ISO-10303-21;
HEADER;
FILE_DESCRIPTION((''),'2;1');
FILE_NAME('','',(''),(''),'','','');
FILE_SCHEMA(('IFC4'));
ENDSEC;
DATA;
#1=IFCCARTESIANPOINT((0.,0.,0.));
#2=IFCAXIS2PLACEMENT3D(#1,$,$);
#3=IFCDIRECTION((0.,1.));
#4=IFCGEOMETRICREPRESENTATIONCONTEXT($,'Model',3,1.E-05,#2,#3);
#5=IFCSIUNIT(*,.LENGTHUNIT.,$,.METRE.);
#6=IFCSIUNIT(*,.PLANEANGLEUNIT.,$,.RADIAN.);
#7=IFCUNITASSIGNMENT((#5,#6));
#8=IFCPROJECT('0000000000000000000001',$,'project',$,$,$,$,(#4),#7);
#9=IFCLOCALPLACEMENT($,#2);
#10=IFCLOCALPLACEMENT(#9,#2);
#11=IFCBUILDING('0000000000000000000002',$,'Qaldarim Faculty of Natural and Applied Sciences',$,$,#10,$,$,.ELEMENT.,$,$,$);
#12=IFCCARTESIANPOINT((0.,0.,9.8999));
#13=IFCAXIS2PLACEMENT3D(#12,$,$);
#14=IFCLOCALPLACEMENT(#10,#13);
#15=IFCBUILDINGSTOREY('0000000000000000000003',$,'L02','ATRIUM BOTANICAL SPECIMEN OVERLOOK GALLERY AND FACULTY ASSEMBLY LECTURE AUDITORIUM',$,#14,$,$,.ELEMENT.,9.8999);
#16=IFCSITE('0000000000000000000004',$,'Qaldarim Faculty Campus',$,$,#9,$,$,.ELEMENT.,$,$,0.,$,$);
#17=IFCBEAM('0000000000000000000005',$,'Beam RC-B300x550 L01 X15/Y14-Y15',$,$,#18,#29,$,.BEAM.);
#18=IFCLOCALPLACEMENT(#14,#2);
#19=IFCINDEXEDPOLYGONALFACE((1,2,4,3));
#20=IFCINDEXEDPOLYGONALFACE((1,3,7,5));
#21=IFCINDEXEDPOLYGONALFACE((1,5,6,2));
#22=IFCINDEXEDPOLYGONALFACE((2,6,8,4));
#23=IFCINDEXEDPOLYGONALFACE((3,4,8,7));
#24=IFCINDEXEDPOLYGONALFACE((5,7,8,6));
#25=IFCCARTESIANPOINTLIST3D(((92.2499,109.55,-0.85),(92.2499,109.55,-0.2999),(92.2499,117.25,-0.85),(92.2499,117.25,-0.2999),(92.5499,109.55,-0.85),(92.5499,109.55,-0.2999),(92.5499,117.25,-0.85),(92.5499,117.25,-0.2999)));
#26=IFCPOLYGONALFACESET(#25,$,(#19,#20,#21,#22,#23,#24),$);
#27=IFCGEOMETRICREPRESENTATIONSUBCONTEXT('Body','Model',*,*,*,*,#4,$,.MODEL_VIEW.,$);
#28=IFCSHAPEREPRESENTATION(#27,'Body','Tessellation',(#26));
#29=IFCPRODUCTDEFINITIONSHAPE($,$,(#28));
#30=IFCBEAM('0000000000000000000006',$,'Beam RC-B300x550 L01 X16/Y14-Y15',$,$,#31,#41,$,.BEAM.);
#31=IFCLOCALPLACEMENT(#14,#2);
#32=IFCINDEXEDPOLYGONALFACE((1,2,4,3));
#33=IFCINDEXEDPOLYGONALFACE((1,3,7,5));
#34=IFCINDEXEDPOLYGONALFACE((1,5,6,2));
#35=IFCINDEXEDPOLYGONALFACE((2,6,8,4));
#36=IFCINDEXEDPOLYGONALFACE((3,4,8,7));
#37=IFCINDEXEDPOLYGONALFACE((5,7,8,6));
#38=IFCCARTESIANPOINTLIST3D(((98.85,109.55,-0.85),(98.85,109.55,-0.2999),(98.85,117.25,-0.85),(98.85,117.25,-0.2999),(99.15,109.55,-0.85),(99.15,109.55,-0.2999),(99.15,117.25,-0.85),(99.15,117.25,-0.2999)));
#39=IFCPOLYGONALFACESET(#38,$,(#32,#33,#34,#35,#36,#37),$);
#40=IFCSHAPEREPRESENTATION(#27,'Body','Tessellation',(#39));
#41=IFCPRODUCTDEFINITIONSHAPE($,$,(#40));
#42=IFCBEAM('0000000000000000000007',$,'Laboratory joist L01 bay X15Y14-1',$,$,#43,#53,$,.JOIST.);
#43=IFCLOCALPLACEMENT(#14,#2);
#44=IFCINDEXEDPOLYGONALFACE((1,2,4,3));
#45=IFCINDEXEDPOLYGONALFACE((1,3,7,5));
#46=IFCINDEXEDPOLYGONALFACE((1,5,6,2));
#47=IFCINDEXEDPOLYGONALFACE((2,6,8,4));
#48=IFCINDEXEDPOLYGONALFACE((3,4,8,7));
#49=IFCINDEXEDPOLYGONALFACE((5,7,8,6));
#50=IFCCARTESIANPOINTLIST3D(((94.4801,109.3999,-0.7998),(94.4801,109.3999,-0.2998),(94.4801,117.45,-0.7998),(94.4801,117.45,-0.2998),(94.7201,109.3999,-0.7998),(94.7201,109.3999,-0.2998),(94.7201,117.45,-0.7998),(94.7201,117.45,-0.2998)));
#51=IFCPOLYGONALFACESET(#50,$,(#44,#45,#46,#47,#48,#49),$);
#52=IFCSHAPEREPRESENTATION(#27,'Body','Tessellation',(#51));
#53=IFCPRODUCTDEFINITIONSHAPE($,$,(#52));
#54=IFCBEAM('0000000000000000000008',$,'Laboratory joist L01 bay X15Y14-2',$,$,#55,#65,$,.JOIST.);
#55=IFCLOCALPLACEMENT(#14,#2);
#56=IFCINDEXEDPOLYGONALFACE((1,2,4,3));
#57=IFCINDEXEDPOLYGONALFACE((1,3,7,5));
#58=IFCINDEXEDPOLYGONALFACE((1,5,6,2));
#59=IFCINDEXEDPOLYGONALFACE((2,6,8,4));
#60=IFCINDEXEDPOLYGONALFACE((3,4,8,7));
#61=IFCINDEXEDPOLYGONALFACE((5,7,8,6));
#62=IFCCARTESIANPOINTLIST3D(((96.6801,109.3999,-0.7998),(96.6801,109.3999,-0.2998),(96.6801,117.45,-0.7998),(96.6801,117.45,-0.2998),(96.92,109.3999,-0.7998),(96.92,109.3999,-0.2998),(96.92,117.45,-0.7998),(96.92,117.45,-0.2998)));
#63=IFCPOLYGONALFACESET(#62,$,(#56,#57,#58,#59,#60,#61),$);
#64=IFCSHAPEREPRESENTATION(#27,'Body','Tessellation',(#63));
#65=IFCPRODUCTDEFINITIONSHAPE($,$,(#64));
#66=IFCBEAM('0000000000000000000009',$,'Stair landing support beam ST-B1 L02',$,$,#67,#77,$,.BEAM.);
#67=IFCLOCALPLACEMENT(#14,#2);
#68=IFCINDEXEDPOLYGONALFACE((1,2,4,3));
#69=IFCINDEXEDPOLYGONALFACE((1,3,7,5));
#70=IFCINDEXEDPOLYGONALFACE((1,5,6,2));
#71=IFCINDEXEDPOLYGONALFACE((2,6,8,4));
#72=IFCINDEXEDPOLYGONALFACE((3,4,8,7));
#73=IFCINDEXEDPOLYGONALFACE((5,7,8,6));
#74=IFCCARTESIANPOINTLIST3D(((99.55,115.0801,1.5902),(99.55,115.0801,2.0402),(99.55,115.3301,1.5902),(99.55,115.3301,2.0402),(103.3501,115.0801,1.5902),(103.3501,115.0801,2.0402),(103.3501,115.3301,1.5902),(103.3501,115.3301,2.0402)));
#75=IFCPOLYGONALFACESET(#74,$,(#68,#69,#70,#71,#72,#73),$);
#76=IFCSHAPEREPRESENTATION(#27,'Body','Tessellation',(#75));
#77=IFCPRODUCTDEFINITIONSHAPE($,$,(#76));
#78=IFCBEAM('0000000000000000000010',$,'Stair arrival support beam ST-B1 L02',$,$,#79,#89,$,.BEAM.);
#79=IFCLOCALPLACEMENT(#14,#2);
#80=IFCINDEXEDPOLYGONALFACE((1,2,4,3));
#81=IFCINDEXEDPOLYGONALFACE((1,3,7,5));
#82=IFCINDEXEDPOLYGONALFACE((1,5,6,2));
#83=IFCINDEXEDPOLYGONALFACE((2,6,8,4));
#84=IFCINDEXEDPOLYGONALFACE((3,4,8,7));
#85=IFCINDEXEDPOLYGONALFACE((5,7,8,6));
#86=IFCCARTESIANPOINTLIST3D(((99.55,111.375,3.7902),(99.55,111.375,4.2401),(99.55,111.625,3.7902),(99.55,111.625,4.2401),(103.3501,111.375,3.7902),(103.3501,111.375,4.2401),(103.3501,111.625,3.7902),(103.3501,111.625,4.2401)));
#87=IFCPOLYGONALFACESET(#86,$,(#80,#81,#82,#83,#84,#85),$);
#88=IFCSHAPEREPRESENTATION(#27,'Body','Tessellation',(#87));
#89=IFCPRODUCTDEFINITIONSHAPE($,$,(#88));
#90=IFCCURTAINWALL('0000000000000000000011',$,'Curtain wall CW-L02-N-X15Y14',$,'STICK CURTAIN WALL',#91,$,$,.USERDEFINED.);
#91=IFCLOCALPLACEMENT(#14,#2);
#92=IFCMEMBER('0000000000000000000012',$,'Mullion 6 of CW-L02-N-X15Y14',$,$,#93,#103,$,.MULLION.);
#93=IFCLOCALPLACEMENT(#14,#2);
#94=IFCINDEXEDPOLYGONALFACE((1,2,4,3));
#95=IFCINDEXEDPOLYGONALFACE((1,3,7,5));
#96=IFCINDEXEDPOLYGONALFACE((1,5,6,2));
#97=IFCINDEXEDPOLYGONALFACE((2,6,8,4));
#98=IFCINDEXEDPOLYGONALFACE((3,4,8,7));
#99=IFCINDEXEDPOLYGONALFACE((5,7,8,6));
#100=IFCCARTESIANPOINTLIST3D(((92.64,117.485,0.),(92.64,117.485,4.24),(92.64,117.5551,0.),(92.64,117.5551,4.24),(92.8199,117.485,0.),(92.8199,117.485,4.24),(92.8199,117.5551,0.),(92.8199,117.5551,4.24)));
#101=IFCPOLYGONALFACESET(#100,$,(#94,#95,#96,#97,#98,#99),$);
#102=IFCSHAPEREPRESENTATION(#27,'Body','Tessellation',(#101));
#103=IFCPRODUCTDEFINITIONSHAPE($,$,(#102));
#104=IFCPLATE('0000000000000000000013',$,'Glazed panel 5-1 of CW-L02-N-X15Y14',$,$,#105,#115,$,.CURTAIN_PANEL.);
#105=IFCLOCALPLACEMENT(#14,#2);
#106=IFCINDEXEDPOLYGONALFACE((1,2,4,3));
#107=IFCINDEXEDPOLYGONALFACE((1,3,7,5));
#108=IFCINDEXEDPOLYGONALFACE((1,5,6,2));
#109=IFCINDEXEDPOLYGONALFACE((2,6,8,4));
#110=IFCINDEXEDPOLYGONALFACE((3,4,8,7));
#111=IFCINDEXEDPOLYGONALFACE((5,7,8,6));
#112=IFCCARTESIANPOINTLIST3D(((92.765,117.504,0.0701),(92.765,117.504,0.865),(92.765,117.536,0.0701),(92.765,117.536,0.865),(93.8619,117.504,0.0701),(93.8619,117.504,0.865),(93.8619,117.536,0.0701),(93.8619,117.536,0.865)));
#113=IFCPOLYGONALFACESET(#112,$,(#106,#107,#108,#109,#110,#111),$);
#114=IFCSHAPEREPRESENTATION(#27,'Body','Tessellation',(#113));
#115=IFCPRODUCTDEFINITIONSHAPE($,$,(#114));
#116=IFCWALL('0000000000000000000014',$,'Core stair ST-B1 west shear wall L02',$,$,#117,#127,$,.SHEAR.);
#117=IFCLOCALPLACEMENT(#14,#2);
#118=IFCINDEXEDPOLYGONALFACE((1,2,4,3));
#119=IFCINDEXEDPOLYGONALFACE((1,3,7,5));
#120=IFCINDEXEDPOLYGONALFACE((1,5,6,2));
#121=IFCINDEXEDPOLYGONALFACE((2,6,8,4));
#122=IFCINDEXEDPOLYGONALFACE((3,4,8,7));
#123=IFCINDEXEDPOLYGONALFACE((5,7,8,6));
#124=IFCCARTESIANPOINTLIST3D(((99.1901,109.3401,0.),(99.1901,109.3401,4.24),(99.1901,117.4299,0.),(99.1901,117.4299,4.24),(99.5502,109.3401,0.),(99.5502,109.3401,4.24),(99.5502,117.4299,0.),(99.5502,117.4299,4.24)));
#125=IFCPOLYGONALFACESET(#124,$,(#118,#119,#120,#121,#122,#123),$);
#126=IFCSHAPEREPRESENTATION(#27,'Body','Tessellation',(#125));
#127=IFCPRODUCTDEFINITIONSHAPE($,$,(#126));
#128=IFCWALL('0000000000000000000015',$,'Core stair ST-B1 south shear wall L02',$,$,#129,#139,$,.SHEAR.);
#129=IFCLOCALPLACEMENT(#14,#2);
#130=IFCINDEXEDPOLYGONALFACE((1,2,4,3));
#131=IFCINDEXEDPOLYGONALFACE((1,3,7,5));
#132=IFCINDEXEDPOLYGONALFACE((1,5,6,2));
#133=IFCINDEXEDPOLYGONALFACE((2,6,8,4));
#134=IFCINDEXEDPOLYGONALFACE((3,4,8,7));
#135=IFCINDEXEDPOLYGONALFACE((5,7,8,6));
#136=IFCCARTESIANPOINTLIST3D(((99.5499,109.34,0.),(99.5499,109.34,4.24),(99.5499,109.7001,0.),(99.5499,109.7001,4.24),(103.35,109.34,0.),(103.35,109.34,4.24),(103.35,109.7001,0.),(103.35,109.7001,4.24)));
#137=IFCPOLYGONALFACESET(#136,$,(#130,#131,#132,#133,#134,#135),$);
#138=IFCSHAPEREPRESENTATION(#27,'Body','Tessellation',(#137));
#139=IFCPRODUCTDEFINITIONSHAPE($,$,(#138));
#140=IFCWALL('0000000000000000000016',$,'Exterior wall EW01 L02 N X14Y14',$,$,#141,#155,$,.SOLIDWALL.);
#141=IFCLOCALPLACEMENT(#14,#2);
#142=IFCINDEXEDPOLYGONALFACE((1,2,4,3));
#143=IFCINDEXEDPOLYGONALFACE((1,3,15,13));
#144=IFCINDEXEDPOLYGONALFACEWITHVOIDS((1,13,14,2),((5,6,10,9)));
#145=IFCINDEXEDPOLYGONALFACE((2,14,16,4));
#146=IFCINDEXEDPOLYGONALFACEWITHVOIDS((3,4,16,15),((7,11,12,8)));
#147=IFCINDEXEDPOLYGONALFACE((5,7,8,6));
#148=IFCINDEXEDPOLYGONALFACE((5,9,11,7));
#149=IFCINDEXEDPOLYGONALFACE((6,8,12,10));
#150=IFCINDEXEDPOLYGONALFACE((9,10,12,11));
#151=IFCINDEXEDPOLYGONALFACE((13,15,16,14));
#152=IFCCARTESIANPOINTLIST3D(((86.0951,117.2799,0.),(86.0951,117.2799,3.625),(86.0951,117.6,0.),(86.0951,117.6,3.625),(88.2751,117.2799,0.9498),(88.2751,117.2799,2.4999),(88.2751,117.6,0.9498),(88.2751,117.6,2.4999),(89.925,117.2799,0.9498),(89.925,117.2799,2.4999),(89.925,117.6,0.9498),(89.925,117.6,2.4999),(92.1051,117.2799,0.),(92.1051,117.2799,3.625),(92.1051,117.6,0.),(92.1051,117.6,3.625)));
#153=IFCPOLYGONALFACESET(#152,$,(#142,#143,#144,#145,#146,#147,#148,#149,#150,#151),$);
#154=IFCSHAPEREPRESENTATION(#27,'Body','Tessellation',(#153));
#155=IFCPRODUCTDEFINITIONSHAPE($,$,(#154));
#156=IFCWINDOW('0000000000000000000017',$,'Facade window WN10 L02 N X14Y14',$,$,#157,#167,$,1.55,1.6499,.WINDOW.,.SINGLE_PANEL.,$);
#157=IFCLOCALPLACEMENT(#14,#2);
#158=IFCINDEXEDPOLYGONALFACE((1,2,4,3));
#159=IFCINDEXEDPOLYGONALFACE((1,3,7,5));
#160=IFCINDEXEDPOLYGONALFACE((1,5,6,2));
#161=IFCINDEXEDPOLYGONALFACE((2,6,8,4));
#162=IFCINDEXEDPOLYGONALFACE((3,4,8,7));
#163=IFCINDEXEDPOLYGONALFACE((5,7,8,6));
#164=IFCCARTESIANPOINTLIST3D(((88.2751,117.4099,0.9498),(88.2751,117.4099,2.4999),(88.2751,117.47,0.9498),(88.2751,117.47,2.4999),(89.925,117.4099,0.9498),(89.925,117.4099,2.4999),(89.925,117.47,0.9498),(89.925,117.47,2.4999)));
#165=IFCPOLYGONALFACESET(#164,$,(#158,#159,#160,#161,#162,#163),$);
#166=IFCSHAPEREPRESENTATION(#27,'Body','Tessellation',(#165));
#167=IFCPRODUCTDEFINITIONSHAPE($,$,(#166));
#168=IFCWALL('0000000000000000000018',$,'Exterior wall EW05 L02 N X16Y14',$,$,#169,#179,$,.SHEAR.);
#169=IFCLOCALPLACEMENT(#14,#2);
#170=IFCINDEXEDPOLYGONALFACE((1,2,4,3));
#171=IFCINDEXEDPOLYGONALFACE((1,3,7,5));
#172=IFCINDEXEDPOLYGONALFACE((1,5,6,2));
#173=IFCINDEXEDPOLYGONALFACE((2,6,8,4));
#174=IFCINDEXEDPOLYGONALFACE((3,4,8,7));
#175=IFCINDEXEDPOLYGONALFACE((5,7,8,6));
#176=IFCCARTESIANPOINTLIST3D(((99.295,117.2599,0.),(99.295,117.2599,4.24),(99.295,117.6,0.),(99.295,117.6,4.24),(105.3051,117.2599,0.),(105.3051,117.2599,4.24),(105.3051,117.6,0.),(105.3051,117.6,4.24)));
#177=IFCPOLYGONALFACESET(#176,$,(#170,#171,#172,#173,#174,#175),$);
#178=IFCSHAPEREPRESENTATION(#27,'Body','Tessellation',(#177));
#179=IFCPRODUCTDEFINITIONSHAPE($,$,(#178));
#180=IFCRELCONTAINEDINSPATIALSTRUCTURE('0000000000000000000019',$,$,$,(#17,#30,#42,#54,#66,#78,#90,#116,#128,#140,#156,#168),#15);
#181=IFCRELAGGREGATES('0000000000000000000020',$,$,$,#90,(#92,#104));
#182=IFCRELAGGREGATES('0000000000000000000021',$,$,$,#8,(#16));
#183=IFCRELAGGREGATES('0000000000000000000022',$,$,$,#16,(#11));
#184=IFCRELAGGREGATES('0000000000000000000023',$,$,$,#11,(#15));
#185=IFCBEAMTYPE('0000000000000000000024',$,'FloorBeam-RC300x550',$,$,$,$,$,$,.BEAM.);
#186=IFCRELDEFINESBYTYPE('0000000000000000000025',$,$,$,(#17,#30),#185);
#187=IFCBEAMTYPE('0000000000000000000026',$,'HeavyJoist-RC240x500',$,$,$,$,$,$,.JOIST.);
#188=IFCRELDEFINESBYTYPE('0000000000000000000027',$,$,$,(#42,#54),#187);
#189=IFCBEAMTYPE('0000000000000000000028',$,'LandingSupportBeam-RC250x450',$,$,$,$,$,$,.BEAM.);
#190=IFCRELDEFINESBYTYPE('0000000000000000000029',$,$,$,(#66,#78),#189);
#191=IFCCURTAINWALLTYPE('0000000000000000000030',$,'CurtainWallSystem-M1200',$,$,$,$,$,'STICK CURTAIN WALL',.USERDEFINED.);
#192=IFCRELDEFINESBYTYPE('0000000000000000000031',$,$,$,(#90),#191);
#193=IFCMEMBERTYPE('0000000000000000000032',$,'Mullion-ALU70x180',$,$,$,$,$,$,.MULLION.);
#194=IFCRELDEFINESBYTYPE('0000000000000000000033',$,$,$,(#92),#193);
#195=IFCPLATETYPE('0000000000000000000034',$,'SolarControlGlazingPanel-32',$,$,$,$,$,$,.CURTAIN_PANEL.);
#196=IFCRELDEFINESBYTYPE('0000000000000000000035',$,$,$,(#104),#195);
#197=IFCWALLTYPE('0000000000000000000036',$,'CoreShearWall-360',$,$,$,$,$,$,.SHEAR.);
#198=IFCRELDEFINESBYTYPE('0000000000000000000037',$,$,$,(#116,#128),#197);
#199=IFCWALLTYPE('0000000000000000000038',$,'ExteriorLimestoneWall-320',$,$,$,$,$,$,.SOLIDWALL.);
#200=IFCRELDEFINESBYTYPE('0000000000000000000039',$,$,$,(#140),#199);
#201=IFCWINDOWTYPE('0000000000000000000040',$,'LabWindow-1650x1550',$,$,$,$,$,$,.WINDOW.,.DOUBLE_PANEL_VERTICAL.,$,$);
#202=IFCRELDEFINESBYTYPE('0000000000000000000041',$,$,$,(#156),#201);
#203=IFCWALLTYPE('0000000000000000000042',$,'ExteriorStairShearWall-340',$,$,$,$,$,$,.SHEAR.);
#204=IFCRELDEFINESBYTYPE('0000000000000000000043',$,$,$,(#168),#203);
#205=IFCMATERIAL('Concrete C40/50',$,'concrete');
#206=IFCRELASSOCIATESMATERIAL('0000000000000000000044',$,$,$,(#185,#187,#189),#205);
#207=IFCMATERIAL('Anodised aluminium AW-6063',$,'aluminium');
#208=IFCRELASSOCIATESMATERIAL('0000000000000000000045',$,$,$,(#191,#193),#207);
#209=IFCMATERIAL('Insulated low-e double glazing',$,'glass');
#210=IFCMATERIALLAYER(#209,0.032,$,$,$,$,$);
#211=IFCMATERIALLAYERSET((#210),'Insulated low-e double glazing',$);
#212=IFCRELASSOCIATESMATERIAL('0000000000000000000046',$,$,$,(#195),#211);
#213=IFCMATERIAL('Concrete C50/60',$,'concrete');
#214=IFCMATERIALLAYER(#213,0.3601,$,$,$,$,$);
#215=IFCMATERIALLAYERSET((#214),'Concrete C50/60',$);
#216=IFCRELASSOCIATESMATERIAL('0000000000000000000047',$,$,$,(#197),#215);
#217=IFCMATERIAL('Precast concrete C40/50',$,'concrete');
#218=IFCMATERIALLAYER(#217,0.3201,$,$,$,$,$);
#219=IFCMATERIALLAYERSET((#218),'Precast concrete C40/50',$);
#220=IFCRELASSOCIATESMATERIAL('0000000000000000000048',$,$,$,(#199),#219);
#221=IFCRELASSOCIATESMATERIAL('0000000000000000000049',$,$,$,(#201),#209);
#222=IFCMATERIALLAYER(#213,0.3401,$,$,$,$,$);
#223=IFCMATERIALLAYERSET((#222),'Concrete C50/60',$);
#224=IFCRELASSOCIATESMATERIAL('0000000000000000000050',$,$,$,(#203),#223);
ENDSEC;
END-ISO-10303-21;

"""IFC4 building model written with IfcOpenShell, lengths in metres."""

from ifc_helpers import new_model, si_unit, direction, frame, frame_2d, origin, origin_2d, place, context, subcontext, project, spatial, rectangle, extrude, material, layer, layer_set, material_profile, profile_set, type_object, element, fill, aggregate, save


model = new_model("IFC4")

# Units and contexts
model_context = context("Model", 3, precision=1e-05, world=origin(), true_north=direction((0.0, 1.0)))
body_context = subcontext(model_context, "Body", "Model", "MODEL_VIEW")
ifc_project = project(units=[si_unit("LENGTHUNIT", "METRE"), si_unit("PLANEANGLEUNIT", "RADIAN")], contexts=[model_context])

# Site, building, storey
site_placement = place(None, origin())
site = spatial("IfcSite", under=ifc_project, at=site_placement, Name="Qaldarim Faculty Campus", CompositionType="ELEMENT", RefElevation=0.0)
building_placement = place(site_placement, origin())
building = spatial("IfcBuilding", under=site, at=building_placement, Name="Qaldarim Faculty of Natural and Applied Sciences", CompositionType="ELEMENT")
storey_placement = place(building_placement, frame((0.0, 0.0, 9.8999)))
storey = spatial("IfcBuildingStorey", under=building, at=storey_placement, Name="L02", Description="ATRIUM BOTANICAL SPECIMEN OVERLOOK GALLERY AND FACULTY ASSEMBLY LECTURE AUDITORIUM", CompositionType="ELEMENT", Elevation=9.8999)

# Beams
ifc_material_1 = material(Name="Concrete C40/50", Category="concrete")
ifc_material_profile_1 = material_profile(ifc_material_1, rectangle(XDim=0.3, YDim=0.55, at=origin_2d()), Name="RC-B300x550")
ifc_profile_set_1 = profile_set([ifc_material_profile_1], Name="Concrete C40/50")
beam_type_1 = type_object("IfcBeamType", Name="FloorBeam-RC300x550", PredefinedType="BEAM", material=ifc_profile_set_1)
for number, where, z_axis, x_axis, name in (
    (1, (92.3999, 109.55, -0.575), (0.0, 1.0, 0.0), (-1.0, 0.0, 0.0), "Beam RC-B300x550 L01 X15/Y14-Y15"),
    (2, (99.0, 109.55, -0.575), (0.0, 1.0, 0.0), (-1.0, 0.0, 0.0), "Beam RC-B300x550 L01 X16/Y14-Y15"),
):
    element("IfcBeam", number, at=place(storey_placement, frame(where, z_axis=z_axis, x_axis=x_axis)), inside=storey, type_object=beam_type_1, Name=name, PredefinedType="BEAM", context=body_context, shape_type="SweptSolid", body=[
        extrude(rectangle(XDim=0.3, YDim=0.55, at=origin_2d()), origin(), (0.0, 0.0, 1.0), 7.7),
    ])
ifc_material_profile_2 = material_profile(ifc_material_1, rectangle(XDim=0.24, YDim=0.5, at=origin_2d()), Name="RC-J240x500")
ifc_profile_set_2 = profile_set([ifc_material_profile_2], Name="Concrete C40/50")
beam_type_2 = type_object("IfcBeamType", Name="HeavyJoist-RC240x500", PredefinedType="JOIST", material=ifc_profile_set_2)
for number, where, z_axis, x_axis, name in (
    (3, (94.6001, 109.3999, -0.5498), (0.0, 1.0, 0.0), (-1.0, 0.0, 0.0), "Laboratory joist L01 bay X15Y14-1"),
    (4, (96.8, 109.3999, -0.5498), (0.0, 1.0, 0.0), (-1.0, 0.0, 0.0), "Laboratory joist L01 bay X15Y14-2"),
):
    element("IfcBeam", number, at=place(storey_placement, frame(where, z_axis=z_axis, x_axis=x_axis)), inside=storey, type_object=beam_type_2, Name=name, PredefinedType="JOIST", context=body_context, shape_type="SweptSolid", body=[
        extrude(rectangle(XDim=0.24, YDim=0.5, at=origin_2d()), origin(), (0.0, 0.0, 1.0), 8.05),
    ])
ifc_material_profile_3 = material_profile(ifc_material_1, rectangle(XDim=0.25, YDim=0.45, at=origin_2d()), Name="RC-LN250x450")
ifc_profile_set_3 = profile_set([ifc_material_profile_3], Name="Concrete C40/50")
beam_type_3 = type_object("IfcBeamType", Name="LandingSupportBeam-RC250x450", PredefinedType="BEAM", material=ifc_profile_set_3)
for number, where, z_axis, x_axis, name in (
    (5, (99.55, 115.2051, 1.8152), (1.0, 0.0, 0.0), (0.0, 1.0, 0.0), "Stair landing support beam ST-B1 L02"),
    (6, (99.55, 111.5, 4.0151), (1.0, 0.0, 0.0), (0.0, 1.0, 0.0), "Stair arrival support beam ST-B1 L02"),
):
    element("IfcBeam", number, at=place(storey_placement, frame(where, z_axis=z_axis, x_axis=x_axis)), inside=storey, type_object=beam_type_3, Name=name, PredefinedType="BEAM", context=body_context, shape_type="SweptSolid", body=[
        extrude(rectangle(XDim=0.25, YDim=0.45, at=origin_2d()), origin(), (0.0, 0.0, 1.0), 3.8),
    ])

# Curtain wall, member, plate
ifc_material_2 = material(Name="Anodised aluminium AW-6063", Category="aluminium")
curtain_wall_type = type_object("IfcCurtainWallType", Name="CurtainWallSystem-M1200", ElementType="STICK CURTAIN WALL", PredefinedType="USERDEFINED", material=ifc_material_2)
curtain_wall_placement = place(storey_placement, origin())
curtain_wall = element("IfcCurtainWall", 7, at=curtain_wall_placement, inside=storey, type_object=curtain_wall_type, Name="Curtain wall CW-L02-N-X15Y14", ObjectType="STICK CURTAIN WALL", PredefinedType="USERDEFINED")
ifc_material_profile_4 = material_profile(ifc_material_2, rectangle(XDim=0.0701, YDim=0.1799, at=origin_2d()), Name="ALU-M70x180")
ifc_profile_set_4 = profile_set([ifc_material_profile_4], Name="Anodised aluminium AW-6063")
member_type = type_object("IfcMemberType", Name="Mullion-ALU70x180", PredefinedType="MULLION", material=ifc_profile_set_4)
member_placement = place(storey_placement, frame((92.73, 117.52, 0.0), z_axis=(0.0, 0.0, 1.0), x_axis=(0.0, -1.0, 0.0)))
member = element("IfcMember", 8, at=member_placement, type_object=member_type, Name="Mullion 6 of CW-L02-N-X15Y14", PredefinedType="MULLION", context=body_context, shape_type="SweptSolid", body=[
    extrude(rectangle(XDim=0.0701, YDim=0.1799, at=origin_2d()), origin(), (0.0, 0.0, 1.0), 4.24),
])
ifc_material_3 = material(Name="Insulated low-e double glazing", Category="glass")
ifc_layer_1 = layer(ifc_material_3, 0.032)
ifc_layer_set_1 = layer_set([ifc_layer_1], Name="Insulated low-e double glazing")
plate_type = type_object("IfcPlateType", Name="SolarControlGlazingPanel-32", PredefinedType="CURTAIN_PANEL", material=ifc_layer_set_1)
plate_placement = place(storey_placement, frame((93.3135, 117.52, 0.0701), z_axis=(0.0, 0.0, 1.0), x_axis=(-1.0, 0.0, 0.0)))
plate = element("IfcPlate", 9, at=plate_placement, type_object=plate_type, Name="Glazed panel 5-1 of CW-L02-N-X15Y14", PredefinedType="CURTAIN_PANEL", context=body_context, shape_type="SweptSolid", body=[
    extrude(rectangle(XDim=1.0969, YDim=0.032, at=origin_2d()), origin(), (0.0, 0.0, 1.0), 0.7949),
])
aggregate(curtain_wall, [member, plate])

# Wall
ifc_material_4 = material(Name="Concrete C50/60", Category="concrete")
ifc_layer_2 = layer(ifc_material_4, 0.3601)
ifc_layer_set_2 = layer_set([ifc_layer_2], Name="Concrete C50/60")
wall_type_1 = type_object("IfcWallType", Name="CoreShearWall-360", PredefinedType="SHEAR", material=ifc_layer_set_2)
wall_1_placement = place(storey_placement, frame((99.3701, 109.3401, 0.0), z_axis=(0.0, 0.0, 1.0), x_axis=(0.0, 1.0, 0.0)))
element("IfcWall", 10, at=wall_1_placement, inside=storey, type_object=wall_type_1, Name="Core stair ST-B1 west shear wall L02", PredefinedType="SHEAR", context=body_context, shape_type="SweptSolid", body=[
    extrude(rectangle(XDim=8.0898, YDim=0.3601, at=frame_2d((4.0449, 0.0))), origin(), (0.0, 0.0, 1.0), 4.24),
])

# Wall
wall_2_placement = place(storey_placement, frame((99.55, 109.52, 0.0), z_axis=(0.0, 0.0, 1.0), x_axis=(1.0, 0.0, 0.0)))
element("IfcWall", 11, at=wall_2_placement, inside=storey, type_object=wall_type_1, Name="Core stair ST-B1 south shear wall L02", PredefinedType="SHEAR", context=body_context, shape_type="SweptSolid", body=[
    extrude(rectangle(XDim=3.8, YDim=0.3601, at=frame_2d((1.8999, 0.0))), origin(), (0.0, 0.0, 1.0), 4.24),
])

# Wall, opening, window
ifc_material_5 = material(Name="Precast concrete C40/50", Category="concrete")
ifc_layer_3 = layer(ifc_material_5, 0.3201)
ifc_layer_set_3 = layer_set([ifc_layer_3], Name="Precast concrete C40/50")
wall_type_2 = type_object("IfcWallType", Name="ExteriorLimestoneWall-320", PredefinedType="SOLIDWALL", material=ifc_layer_set_3)
wall_3_placement = place(storey_placement, frame((92.105, 117.4399, 0.0), z_axis=(0.0, 0.0, 1.0), x_axis=(-1.0, 0.0, 0.0)))
wall_3 = element("IfcWall", 12, at=wall_3_placement, inside=storey, type_object=wall_type_2, Name="Exterior wall EW01 L02 N X14Y14", PredefinedType="SOLIDWALL", context=body_context, shape_type="SweptSolid", body=[
    extrude(rectangle(XDim=6.01, YDim=0.3201, at=frame_2d((3.0049, 0.0))), origin(), (0.0, 0.0, 1.0), 3.625),
])
opening_1_placement = place(wall_3_placement, frame((2.1799, 0.0, 0.95)))
opening_1 = element("IfcOpeningElement", 13, at=opening_1_placement, cuts=wall_3, PredefinedType="OPENING", context=body_context, shape_type="SweptSolid", body=[
    extrude(rectangle(XDim=1.6499, YDim=1.55, at=frame_2d((0.825, 0.7749))), frame((0.0, 0.1699, 0.0), z_axis=(0.0, -1.0, 0.0), x_axis=(1.0, 0.0, 0.0)), (0.0, 0.0, 1.0), 0.3401),
])
window_type = type_object("IfcWindowType", Name="LabWindow-1650x1550", PartitioningType="DOUBLE_PANEL_VERTICAL", PredefinedType="WINDOW", material=ifc_material_3)
window_placement = place(opening_1_placement, origin())
window = element("IfcWindow", 14, at=window_placement, inside=storey, type_object=window_type, Name="Facade window WN10 L02 N X14Y14", OverallHeight=1.55, OverallWidth=1.6499, PartitioningType="SINGLE_PANEL", PredefinedType="WINDOW", context=body_context, shape_type="SweptSolid", body=[
    extrude(rectangle(XDim=1.6499, YDim=1.55, at=frame_2d((0.825, 0.7749))), frame((0.0, 0.03, 0.0), z_axis=(0.0, -1.0, 0.0), x_axis=(1.0, 0.0, 0.0)), (0.0, 0.0, 1.0), 0.0601),
])
fill(opening_1, window)

# Wall
ifc_layer_4 = layer(ifc_material_4, 0.3401)
ifc_layer_set_4 = layer_set([ifc_layer_4], Name="Concrete C50/60")
wall_type_3 = type_object("IfcWallType", Name="ExteriorStairShearWall-340", PredefinedType="SHEAR", material=ifc_layer_set_4)
wall_4_placement = place(storey_placement, frame((105.3049, 117.4299, 0.0), z_axis=(0.0, 0.0, 1.0), x_axis=(-1.0, 0.0, 0.0)))
element("IfcWall", 15, at=wall_4_placement, inside=storey, type_object=wall_type_3, Name="Exterior wall EW05 L02 N X16Y14", PredefinedType="SHEAR", context=body_context, shape_type="SweptSolid", body=[
    extrude(rectangle(XDim=6.01, YDim=0.3401, at=frame_2d((3.0049, 0.0))), origin(), (0.0, 0.0, 1.0), 4.24),
])

save(model, "model.ifc")
